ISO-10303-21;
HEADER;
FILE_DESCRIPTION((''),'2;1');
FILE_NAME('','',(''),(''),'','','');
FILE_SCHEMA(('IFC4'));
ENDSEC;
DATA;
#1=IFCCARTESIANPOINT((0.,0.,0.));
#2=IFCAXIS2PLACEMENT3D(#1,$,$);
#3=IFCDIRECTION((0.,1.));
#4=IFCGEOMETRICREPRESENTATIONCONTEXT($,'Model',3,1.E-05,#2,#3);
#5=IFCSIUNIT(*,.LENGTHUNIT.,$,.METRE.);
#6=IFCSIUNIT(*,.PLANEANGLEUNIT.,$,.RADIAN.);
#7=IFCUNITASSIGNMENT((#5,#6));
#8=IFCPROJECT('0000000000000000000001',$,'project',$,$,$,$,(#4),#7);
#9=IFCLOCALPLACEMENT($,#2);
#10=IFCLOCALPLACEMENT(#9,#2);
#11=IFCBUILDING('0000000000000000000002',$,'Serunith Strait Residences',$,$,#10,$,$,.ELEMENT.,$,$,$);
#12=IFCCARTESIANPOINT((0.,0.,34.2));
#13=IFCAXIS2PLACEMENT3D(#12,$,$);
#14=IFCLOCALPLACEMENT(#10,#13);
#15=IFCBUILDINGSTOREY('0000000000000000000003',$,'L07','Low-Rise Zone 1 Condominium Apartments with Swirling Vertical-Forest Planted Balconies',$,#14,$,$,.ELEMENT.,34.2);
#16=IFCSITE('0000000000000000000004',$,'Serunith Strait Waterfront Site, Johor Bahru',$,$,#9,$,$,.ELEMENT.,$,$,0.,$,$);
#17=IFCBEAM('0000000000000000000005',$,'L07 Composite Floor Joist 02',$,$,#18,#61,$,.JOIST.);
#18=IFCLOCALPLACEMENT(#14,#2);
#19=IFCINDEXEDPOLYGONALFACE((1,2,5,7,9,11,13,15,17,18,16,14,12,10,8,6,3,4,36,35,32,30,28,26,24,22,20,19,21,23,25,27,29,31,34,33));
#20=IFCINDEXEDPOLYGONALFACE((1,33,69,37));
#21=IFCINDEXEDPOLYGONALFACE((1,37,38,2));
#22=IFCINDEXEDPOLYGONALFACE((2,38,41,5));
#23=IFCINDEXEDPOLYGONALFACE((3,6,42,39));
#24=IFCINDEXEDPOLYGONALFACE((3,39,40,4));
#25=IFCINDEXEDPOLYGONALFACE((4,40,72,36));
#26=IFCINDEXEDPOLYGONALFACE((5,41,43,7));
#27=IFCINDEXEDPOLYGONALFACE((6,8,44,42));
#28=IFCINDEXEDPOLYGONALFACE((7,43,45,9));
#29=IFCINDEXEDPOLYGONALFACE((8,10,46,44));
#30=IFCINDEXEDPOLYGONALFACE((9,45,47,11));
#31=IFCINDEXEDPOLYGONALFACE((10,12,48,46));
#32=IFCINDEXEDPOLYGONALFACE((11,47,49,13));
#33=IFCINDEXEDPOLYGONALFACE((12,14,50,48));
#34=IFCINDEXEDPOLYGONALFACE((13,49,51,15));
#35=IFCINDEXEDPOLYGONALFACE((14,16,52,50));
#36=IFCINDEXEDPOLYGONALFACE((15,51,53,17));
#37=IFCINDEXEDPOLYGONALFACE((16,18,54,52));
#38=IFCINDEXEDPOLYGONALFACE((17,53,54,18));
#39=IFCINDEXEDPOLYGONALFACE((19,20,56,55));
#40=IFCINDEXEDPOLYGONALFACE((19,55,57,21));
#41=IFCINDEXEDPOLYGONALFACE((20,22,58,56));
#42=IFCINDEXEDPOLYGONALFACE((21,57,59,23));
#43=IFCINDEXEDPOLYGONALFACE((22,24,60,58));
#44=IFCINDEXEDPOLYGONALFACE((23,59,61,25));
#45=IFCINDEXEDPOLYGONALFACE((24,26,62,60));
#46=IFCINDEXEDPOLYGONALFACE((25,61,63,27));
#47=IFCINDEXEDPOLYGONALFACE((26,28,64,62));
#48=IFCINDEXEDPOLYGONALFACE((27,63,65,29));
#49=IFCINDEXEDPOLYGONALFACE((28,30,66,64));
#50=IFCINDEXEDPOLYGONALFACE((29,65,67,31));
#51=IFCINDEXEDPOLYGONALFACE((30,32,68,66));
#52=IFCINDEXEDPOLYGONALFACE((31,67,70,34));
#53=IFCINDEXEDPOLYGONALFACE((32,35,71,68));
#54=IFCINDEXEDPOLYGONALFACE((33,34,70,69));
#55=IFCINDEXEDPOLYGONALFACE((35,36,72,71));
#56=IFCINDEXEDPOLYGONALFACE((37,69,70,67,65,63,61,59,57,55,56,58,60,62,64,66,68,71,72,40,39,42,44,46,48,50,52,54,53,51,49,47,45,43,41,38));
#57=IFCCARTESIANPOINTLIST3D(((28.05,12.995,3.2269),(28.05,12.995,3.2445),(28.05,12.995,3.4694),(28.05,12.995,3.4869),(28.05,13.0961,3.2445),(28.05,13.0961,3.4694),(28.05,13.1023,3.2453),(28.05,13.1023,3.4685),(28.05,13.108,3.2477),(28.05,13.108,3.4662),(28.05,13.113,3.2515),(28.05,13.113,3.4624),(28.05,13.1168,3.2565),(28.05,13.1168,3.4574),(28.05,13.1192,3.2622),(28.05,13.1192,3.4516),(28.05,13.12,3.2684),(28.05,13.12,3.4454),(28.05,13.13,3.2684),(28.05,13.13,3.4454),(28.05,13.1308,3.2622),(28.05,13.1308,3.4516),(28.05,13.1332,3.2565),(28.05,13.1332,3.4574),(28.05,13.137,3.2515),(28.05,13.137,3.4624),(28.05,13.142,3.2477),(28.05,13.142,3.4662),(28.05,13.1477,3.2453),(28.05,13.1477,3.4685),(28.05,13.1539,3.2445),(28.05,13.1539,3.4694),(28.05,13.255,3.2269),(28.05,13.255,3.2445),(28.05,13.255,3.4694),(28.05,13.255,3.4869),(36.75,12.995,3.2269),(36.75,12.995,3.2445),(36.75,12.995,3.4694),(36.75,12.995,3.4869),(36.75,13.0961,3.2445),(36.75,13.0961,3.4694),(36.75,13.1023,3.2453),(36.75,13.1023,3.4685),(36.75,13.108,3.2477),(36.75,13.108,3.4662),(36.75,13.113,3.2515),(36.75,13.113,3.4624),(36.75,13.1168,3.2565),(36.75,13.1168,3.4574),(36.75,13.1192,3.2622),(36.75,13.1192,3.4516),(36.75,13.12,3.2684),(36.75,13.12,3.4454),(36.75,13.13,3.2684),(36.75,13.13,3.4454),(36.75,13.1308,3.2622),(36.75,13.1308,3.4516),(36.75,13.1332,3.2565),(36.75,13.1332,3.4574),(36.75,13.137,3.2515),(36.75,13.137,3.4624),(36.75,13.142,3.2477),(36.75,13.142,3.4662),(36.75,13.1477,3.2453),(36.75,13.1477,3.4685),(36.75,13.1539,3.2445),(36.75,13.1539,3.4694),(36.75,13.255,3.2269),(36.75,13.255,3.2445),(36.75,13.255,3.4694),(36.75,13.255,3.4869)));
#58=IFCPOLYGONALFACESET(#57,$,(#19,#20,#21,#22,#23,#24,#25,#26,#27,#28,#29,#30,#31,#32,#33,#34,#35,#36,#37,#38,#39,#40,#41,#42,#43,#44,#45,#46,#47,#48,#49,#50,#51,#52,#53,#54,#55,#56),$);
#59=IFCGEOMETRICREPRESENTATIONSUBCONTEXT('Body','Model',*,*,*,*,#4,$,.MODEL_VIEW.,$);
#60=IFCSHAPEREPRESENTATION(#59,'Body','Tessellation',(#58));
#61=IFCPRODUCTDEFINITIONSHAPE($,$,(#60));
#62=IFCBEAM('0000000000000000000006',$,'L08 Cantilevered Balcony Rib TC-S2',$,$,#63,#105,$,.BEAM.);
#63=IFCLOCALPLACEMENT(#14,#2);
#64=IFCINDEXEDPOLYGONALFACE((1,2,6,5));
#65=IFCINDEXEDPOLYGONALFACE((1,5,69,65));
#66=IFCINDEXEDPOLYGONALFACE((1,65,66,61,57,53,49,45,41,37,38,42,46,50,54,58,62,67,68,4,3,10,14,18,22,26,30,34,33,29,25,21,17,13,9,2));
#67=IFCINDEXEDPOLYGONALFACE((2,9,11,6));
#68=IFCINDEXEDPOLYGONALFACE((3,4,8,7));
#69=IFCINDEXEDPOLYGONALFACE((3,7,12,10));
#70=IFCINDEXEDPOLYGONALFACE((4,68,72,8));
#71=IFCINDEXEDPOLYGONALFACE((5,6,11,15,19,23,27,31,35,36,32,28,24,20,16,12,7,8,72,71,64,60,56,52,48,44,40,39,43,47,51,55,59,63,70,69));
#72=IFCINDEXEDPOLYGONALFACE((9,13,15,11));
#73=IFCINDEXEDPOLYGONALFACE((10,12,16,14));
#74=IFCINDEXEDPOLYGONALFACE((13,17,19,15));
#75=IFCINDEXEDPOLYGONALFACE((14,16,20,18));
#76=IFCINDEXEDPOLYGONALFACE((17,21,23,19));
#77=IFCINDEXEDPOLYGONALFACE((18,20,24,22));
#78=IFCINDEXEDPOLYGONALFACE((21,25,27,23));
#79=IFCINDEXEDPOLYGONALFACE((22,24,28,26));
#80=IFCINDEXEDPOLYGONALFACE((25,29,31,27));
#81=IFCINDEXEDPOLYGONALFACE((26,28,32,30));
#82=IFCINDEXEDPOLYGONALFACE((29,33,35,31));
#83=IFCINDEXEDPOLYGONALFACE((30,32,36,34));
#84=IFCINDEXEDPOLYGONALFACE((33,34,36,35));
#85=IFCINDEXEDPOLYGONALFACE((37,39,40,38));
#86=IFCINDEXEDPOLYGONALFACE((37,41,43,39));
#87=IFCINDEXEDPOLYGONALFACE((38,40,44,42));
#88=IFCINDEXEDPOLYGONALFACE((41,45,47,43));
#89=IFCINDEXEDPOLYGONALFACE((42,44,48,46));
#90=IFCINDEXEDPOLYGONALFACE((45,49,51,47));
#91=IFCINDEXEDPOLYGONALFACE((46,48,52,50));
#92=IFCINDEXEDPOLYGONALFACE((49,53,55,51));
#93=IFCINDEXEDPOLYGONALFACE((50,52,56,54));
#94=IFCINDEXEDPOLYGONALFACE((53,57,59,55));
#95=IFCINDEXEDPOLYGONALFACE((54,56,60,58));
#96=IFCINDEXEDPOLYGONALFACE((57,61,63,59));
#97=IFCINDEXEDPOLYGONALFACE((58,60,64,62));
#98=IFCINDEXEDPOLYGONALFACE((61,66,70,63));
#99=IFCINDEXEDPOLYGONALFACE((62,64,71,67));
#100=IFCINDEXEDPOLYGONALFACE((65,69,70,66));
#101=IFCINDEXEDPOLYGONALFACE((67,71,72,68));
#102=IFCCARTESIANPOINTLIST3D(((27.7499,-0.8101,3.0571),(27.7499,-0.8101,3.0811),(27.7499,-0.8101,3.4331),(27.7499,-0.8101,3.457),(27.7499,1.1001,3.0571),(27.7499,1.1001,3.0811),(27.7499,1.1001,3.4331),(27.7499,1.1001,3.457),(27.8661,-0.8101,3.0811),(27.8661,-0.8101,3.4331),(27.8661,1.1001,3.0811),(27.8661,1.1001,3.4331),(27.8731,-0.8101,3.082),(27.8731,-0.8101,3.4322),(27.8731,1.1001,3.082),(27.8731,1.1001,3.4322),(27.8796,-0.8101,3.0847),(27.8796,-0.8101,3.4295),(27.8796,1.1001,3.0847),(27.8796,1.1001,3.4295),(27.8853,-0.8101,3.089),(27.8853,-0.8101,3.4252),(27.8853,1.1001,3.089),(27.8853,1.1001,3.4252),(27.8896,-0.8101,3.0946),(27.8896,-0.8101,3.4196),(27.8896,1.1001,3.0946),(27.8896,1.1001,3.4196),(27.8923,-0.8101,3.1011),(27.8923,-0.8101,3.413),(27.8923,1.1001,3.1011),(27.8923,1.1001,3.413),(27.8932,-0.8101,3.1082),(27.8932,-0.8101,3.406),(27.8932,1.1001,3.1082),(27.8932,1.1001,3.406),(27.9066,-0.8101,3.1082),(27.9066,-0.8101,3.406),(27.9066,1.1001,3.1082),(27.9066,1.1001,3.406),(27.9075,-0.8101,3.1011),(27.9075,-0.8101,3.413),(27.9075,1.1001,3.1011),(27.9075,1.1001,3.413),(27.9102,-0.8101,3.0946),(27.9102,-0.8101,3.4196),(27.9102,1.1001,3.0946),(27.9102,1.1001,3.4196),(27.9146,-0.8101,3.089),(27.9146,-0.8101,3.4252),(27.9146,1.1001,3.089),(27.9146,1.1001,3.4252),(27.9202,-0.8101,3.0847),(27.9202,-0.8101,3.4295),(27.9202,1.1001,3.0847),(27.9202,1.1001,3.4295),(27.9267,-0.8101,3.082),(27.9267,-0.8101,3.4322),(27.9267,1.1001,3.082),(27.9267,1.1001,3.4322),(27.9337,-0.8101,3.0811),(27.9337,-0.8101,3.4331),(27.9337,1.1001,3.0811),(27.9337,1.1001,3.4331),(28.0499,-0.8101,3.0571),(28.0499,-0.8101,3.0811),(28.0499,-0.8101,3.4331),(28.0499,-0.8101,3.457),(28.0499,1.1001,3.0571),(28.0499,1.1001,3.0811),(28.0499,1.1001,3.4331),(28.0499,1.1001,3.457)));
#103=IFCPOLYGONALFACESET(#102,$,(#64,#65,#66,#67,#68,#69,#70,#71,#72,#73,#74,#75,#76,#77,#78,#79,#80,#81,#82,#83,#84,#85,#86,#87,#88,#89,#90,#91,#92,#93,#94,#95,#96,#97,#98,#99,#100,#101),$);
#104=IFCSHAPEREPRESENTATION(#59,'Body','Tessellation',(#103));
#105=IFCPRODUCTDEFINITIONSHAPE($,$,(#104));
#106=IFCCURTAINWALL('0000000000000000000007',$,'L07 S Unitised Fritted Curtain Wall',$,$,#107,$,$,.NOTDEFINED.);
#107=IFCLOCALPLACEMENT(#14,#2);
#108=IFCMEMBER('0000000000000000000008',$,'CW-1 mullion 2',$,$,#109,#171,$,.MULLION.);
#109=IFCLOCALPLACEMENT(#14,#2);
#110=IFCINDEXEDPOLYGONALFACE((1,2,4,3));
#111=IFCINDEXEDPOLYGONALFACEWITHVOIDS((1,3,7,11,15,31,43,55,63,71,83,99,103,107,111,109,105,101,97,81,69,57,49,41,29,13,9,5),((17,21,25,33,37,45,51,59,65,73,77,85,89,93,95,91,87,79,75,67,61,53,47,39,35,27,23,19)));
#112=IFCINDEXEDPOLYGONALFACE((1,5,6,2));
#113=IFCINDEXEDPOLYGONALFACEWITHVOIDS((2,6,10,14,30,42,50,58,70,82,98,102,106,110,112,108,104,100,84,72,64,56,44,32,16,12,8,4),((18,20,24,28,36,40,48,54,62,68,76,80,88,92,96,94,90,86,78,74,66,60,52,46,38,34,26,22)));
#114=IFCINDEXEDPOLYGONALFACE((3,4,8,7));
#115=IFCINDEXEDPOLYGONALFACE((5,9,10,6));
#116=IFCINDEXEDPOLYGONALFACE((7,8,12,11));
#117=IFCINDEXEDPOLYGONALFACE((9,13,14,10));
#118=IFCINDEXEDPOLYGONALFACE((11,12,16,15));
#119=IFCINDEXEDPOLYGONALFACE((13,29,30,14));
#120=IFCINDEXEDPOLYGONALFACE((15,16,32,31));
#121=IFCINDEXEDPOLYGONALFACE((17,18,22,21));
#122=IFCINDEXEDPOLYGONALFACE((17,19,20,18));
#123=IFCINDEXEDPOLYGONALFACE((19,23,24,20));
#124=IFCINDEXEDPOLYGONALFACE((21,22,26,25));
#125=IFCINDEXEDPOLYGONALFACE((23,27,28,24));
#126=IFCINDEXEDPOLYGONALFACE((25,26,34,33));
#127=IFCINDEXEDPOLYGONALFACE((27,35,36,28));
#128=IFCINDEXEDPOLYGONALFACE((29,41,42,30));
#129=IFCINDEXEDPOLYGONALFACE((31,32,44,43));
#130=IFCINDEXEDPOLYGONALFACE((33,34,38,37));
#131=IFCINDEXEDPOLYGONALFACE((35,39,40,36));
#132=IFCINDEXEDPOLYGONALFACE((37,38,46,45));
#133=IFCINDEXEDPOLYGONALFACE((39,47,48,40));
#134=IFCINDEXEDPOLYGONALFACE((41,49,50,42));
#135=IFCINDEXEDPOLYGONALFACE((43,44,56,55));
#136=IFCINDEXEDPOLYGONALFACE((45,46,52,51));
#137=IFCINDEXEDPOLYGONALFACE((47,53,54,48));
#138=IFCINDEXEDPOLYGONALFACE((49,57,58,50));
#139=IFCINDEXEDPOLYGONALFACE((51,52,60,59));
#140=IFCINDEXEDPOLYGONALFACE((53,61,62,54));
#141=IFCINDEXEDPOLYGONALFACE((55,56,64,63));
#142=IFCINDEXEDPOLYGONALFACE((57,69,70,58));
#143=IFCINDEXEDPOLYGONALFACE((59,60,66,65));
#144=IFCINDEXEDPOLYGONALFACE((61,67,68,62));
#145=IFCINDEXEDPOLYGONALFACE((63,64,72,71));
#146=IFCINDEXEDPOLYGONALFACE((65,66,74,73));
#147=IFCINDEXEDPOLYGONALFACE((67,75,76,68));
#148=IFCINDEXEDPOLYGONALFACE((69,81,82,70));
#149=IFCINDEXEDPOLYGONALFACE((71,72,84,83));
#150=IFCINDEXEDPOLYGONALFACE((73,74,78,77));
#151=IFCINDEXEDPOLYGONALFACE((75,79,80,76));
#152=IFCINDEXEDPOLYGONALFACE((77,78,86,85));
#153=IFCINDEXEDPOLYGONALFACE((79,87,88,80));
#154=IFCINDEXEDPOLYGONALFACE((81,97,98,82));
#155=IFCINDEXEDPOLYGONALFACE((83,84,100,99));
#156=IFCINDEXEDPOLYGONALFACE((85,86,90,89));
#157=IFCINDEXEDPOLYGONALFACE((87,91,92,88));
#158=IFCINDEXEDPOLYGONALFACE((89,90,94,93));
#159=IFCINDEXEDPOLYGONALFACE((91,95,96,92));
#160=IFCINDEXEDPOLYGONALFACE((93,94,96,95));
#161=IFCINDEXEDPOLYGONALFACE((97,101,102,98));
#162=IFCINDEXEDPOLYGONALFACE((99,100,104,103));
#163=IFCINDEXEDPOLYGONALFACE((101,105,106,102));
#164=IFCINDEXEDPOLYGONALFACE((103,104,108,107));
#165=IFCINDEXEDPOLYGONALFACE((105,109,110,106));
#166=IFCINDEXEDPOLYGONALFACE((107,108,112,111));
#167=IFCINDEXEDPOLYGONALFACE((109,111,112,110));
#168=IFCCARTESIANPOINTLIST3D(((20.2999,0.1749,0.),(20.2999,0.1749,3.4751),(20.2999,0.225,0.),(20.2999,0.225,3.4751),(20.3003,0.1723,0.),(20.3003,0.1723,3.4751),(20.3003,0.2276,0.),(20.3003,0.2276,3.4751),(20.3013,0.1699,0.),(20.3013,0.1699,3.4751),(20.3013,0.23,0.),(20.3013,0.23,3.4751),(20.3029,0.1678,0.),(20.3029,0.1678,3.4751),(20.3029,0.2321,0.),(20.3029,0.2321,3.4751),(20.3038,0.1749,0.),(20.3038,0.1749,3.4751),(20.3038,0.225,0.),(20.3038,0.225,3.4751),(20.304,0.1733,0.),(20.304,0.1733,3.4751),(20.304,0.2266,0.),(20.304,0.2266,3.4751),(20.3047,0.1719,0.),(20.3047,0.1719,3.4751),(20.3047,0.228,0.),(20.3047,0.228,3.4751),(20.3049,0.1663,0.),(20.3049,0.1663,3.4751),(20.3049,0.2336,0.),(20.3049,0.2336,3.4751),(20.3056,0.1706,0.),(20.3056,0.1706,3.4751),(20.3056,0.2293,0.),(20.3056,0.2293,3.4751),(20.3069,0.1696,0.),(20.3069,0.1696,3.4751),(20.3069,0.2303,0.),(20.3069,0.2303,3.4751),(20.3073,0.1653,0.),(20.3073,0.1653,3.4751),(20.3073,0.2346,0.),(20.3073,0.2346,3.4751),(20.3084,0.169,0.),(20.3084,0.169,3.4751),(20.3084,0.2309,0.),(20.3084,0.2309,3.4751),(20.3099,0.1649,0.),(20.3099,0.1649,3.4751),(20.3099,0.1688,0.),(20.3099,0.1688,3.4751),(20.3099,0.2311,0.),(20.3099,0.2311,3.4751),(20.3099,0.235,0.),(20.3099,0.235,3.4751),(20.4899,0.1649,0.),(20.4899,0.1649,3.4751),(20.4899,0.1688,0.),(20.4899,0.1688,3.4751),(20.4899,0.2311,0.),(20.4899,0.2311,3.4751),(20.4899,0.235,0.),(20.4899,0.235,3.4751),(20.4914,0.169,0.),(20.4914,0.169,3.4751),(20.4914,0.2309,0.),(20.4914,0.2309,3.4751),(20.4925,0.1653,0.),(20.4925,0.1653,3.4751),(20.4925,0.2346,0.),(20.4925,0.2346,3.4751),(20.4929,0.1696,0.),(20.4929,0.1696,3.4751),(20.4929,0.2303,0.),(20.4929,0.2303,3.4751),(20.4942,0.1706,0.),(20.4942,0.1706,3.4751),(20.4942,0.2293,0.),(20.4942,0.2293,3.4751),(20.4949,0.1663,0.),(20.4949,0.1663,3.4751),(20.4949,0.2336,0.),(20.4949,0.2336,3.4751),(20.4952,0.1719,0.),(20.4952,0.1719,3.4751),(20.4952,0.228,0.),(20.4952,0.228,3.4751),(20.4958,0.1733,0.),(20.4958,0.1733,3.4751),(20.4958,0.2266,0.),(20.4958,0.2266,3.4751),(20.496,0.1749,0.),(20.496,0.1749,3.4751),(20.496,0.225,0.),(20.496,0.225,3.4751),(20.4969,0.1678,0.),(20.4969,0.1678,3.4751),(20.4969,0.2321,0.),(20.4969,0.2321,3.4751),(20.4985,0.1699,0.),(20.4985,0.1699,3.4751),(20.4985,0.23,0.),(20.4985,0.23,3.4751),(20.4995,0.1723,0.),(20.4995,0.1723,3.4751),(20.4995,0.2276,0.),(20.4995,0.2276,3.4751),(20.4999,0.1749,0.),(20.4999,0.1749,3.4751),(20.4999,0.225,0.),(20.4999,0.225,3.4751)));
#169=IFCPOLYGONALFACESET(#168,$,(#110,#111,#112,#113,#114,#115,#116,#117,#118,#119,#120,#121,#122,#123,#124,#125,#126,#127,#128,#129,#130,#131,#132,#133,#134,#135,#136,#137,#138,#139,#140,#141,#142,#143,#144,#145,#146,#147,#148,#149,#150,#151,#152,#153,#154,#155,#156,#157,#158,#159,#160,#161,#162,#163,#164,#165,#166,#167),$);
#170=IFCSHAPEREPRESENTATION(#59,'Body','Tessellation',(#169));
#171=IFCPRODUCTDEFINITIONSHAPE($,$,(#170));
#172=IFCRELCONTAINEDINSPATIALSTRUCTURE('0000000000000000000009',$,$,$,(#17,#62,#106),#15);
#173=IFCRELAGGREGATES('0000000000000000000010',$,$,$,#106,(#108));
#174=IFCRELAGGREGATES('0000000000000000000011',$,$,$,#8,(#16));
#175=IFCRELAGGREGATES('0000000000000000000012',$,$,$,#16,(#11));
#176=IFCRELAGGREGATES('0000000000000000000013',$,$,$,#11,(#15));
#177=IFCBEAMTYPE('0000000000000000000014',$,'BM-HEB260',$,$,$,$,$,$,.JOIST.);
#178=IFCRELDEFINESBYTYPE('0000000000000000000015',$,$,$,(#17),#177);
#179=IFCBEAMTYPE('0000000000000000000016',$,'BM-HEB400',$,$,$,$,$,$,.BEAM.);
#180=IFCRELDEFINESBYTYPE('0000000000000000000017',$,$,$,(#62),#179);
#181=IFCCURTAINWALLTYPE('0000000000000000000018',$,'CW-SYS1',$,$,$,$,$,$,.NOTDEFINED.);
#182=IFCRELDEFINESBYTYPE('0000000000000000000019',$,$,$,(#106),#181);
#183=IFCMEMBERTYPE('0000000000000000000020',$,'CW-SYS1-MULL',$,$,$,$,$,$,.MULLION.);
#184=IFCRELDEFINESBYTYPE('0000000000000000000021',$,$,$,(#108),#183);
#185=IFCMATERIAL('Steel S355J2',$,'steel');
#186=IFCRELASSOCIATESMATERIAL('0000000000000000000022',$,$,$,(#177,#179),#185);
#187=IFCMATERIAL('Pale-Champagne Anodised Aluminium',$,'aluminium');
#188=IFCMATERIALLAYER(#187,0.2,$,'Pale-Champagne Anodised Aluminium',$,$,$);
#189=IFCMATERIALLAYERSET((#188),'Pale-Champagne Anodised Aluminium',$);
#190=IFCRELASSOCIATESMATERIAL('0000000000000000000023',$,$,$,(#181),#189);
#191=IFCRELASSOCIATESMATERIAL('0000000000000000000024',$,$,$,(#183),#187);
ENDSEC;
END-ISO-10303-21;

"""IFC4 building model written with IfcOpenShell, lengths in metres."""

from ifc_helpers import new_model, si_unit, direction, frame, origin, origin_2d, place, context, subcontext, project, spatial, hollow_rectangle, i_section, extrude, source, transform, mapped, material, layer, layer_set, material_profile, profile_set, type_object, element, aggregate, save


model = new_model("IFC4")

# Units and contexts
model_context = context("Model", 3, precision=1e-05, world=origin(), true_north=direction((0.0, 1.0)))
body_context = subcontext(model_context, "Body", "Model", "MODEL_VIEW")
ifc_project = project(units=[si_unit("LENGTHUNIT", "METRE"), si_unit("PLANEANGLEUNIT", "RADIAN")], contexts=[model_context])

# Site, building, storey
site_placement = place(None, origin())
site = spatial("IfcSite", under=ifc_project, at=site_placement, Name="Serunith Strait Waterfront Site, Johor Bahru", CompositionType="ELEMENT", RefElevation=0.0)
building_placement = place(site_placement, origin())
building = spatial("IfcBuilding", under=site, at=building_placement, Name="Serunith Strait Residences", CompositionType="ELEMENT")
storey_placement = place(building_placement, frame((0.0, 0.0, 34.2)))
storey = spatial("IfcBuildingStorey", under=building, at=storey_placement, Name="L07", Description="Low-Rise Zone 1 Condominium Apartments with Swirling Vertical-Forest Planted Balconies", CompositionType="ELEMENT", Elevation=34.2)

# Beams
ifc_material_1 = material(Name="Steel S355J2", Category="steel")
ifc_material_profile_1 = material_profile(ifc_material_1, i_section(OverallWidth=0.26, OverallDepth=0.26, WebThickness=0.01, FlangeThickness=0.0176, FilletRadius=0.0239, at=origin_2d()), Name="HEB 260")
ifc_profile_set_1 = profile_set([ifc_material_profile_1], Name="Steel S355J2")
beam_type_1 = type_object("IfcBeamType", Name="BM-HEB260", PredefinedType="JOIST", material=ifc_profile_set_1)
shared_shape_1 = source(origin(), body_context, "Body", "SweptSolid", [
    extrude(i_section(OverallWidth=0.26, OverallDepth=0.26, WebThickness=0.01, FlangeThickness=0.0176, FilletRadius=0.0239, at=origin_2d()), origin(), (0.0, 0.0, 1.0), 8.7),
])
beam_1_placement = place(storey_placement, frame((28.05, 13.125, 3.3569), z_axis=(1.0, 0.0, 0.0), x_axis=(0.0, 1.0, 0.0)))
element("IfcBeam", 1, at=beam_1_placement, inside=storey, type_object=beam_type_1, Name="L07 Composite Floor Joist 02", PredefinedType="JOIST", context=body_context, shape_type="MappedRepresentation", body=[
    mapped(shared_shape_1, transform((0.0, 0.0, 0.0), scale=1.0)),
])
ifc_material_profile_2 = material_profile(ifc_material_1, i_section(OverallWidth=0.3, OverallDepth=0.3999, WebThickness=0.0134, FlangeThickness=0.0239, FilletRadius=0.0271, at=origin_2d()), Name="HEB 400")
ifc_profile_set_2 = profile_set([ifc_material_profile_2], Name="Steel S355J2")
beam_type_2 = type_object("IfcBeamType", Name="BM-HEB400", PredefinedType="BEAM", material=ifc_profile_set_2)
shared_shape_2 = source(origin(), body_context, "Body", "SweptSolid", [
    extrude(i_section(OverallWidth=0.3, OverallDepth=0.3999, WebThickness=0.0134, FlangeThickness=0.0239, FilletRadius=0.0271, at=origin_2d()), origin(), (0.0, 0.0, 1.0), 1.9102),
])
beam_2_placement = place(storey_placement, frame((27.8999, 1.1001, 3.2571), z_axis=(0.0, -1.0, 0.0), x_axis=(1.0, 0.0, 0.0)))
element("IfcBeam", 2, at=beam_2_placement, inside=storey, type_object=beam_type_2, Name="L08 Cantilevered Balcony Rib TC-S2", PredefinedType="BEAM", context=body_context, shape_type="MappedRepresentation", body=[
    mapped(shared_shape_2, transform((0.0, 0.0, 0.0), scale=1.0)),
])

# Curtain wall, member
ifc_material_2 = material(Name="Pale-Champagne Anodised Aluminium", Category="aluminium")
ifc_layer_1 = layer(ifc_material_2, 0.2, Name="Pale-Champagne Anodised Aluminium")
ifc_layer_set_1 = layer_set([ifc_layer_1], Name="Pale-Champagne Anodised Aluminium")
curtain_wall_type = type_object("IfcCurtainWallType", Name="CW-SYS1", PredefinedType="NOTDEFINED", material=ifc_layer_set_1)
curtain_wall_placement = place(storey_placement, origin())
curtain_wall = element("IfcCurtainWall", 3, at=curtain_wall_placement, inside=storey, type_object=curtain_wall_type, Name="L07 S Unitised Fritted Curtain Wall", PredefinedType="NOTDEFINED")
ifc_material_profile_3 = material_profile(ifc_material_2, hollow_rectangle(XDim=0.0701, YDim=0.2, WallThickness=0.0039, InnerFilletRadius=0.0061, OuterFilletRadius=0.01, at=origin_2d()), Name="ALU 200x70x4")
ifc_profile_set_3 = profile_set([ifc_material_profile_3], Name="Pale-Champagne Anodised Aluminium")
member_type_1 = type_object("IfcMemberType", Name="CW-SYS1-MULL", PredefinedType="MULLION", material=ifc_profile_set_3)
shared_shape_3 = source(origin(), body_context, "Body", "SweptSolid", [
    extrude(hollow_rectangle(XDim=0.0701, YDim=0.2, WallThickness=0.0039, InnerFilletRadius=0.0061, OuterFilletRadius=0.01, at=origin_2d()), origin(), (0.0, 0.0, 1.0), 3.4751),
])
member_1_placement = place(storey_placement, frame((20.3999, 0.2, 0.0), z_axis=(0.0, 0.0, 1.0), x_axis=(0.0, 1.0, 0.0)))
member_1 = element("IfcMember", 4, at=member_1_placement, type_object=member_type_1, Name="CW-1 mullion 2", PredefinedType="MULLION", context=body_context, shape_type="MappedRepresentation", body=[
    mapped(shared_shape_3, transform((0.0, 0.0, 0.0), scale=1.0)),
])
aggregate(curtain_wall, [member_1])

save(model, "model.ifc")
